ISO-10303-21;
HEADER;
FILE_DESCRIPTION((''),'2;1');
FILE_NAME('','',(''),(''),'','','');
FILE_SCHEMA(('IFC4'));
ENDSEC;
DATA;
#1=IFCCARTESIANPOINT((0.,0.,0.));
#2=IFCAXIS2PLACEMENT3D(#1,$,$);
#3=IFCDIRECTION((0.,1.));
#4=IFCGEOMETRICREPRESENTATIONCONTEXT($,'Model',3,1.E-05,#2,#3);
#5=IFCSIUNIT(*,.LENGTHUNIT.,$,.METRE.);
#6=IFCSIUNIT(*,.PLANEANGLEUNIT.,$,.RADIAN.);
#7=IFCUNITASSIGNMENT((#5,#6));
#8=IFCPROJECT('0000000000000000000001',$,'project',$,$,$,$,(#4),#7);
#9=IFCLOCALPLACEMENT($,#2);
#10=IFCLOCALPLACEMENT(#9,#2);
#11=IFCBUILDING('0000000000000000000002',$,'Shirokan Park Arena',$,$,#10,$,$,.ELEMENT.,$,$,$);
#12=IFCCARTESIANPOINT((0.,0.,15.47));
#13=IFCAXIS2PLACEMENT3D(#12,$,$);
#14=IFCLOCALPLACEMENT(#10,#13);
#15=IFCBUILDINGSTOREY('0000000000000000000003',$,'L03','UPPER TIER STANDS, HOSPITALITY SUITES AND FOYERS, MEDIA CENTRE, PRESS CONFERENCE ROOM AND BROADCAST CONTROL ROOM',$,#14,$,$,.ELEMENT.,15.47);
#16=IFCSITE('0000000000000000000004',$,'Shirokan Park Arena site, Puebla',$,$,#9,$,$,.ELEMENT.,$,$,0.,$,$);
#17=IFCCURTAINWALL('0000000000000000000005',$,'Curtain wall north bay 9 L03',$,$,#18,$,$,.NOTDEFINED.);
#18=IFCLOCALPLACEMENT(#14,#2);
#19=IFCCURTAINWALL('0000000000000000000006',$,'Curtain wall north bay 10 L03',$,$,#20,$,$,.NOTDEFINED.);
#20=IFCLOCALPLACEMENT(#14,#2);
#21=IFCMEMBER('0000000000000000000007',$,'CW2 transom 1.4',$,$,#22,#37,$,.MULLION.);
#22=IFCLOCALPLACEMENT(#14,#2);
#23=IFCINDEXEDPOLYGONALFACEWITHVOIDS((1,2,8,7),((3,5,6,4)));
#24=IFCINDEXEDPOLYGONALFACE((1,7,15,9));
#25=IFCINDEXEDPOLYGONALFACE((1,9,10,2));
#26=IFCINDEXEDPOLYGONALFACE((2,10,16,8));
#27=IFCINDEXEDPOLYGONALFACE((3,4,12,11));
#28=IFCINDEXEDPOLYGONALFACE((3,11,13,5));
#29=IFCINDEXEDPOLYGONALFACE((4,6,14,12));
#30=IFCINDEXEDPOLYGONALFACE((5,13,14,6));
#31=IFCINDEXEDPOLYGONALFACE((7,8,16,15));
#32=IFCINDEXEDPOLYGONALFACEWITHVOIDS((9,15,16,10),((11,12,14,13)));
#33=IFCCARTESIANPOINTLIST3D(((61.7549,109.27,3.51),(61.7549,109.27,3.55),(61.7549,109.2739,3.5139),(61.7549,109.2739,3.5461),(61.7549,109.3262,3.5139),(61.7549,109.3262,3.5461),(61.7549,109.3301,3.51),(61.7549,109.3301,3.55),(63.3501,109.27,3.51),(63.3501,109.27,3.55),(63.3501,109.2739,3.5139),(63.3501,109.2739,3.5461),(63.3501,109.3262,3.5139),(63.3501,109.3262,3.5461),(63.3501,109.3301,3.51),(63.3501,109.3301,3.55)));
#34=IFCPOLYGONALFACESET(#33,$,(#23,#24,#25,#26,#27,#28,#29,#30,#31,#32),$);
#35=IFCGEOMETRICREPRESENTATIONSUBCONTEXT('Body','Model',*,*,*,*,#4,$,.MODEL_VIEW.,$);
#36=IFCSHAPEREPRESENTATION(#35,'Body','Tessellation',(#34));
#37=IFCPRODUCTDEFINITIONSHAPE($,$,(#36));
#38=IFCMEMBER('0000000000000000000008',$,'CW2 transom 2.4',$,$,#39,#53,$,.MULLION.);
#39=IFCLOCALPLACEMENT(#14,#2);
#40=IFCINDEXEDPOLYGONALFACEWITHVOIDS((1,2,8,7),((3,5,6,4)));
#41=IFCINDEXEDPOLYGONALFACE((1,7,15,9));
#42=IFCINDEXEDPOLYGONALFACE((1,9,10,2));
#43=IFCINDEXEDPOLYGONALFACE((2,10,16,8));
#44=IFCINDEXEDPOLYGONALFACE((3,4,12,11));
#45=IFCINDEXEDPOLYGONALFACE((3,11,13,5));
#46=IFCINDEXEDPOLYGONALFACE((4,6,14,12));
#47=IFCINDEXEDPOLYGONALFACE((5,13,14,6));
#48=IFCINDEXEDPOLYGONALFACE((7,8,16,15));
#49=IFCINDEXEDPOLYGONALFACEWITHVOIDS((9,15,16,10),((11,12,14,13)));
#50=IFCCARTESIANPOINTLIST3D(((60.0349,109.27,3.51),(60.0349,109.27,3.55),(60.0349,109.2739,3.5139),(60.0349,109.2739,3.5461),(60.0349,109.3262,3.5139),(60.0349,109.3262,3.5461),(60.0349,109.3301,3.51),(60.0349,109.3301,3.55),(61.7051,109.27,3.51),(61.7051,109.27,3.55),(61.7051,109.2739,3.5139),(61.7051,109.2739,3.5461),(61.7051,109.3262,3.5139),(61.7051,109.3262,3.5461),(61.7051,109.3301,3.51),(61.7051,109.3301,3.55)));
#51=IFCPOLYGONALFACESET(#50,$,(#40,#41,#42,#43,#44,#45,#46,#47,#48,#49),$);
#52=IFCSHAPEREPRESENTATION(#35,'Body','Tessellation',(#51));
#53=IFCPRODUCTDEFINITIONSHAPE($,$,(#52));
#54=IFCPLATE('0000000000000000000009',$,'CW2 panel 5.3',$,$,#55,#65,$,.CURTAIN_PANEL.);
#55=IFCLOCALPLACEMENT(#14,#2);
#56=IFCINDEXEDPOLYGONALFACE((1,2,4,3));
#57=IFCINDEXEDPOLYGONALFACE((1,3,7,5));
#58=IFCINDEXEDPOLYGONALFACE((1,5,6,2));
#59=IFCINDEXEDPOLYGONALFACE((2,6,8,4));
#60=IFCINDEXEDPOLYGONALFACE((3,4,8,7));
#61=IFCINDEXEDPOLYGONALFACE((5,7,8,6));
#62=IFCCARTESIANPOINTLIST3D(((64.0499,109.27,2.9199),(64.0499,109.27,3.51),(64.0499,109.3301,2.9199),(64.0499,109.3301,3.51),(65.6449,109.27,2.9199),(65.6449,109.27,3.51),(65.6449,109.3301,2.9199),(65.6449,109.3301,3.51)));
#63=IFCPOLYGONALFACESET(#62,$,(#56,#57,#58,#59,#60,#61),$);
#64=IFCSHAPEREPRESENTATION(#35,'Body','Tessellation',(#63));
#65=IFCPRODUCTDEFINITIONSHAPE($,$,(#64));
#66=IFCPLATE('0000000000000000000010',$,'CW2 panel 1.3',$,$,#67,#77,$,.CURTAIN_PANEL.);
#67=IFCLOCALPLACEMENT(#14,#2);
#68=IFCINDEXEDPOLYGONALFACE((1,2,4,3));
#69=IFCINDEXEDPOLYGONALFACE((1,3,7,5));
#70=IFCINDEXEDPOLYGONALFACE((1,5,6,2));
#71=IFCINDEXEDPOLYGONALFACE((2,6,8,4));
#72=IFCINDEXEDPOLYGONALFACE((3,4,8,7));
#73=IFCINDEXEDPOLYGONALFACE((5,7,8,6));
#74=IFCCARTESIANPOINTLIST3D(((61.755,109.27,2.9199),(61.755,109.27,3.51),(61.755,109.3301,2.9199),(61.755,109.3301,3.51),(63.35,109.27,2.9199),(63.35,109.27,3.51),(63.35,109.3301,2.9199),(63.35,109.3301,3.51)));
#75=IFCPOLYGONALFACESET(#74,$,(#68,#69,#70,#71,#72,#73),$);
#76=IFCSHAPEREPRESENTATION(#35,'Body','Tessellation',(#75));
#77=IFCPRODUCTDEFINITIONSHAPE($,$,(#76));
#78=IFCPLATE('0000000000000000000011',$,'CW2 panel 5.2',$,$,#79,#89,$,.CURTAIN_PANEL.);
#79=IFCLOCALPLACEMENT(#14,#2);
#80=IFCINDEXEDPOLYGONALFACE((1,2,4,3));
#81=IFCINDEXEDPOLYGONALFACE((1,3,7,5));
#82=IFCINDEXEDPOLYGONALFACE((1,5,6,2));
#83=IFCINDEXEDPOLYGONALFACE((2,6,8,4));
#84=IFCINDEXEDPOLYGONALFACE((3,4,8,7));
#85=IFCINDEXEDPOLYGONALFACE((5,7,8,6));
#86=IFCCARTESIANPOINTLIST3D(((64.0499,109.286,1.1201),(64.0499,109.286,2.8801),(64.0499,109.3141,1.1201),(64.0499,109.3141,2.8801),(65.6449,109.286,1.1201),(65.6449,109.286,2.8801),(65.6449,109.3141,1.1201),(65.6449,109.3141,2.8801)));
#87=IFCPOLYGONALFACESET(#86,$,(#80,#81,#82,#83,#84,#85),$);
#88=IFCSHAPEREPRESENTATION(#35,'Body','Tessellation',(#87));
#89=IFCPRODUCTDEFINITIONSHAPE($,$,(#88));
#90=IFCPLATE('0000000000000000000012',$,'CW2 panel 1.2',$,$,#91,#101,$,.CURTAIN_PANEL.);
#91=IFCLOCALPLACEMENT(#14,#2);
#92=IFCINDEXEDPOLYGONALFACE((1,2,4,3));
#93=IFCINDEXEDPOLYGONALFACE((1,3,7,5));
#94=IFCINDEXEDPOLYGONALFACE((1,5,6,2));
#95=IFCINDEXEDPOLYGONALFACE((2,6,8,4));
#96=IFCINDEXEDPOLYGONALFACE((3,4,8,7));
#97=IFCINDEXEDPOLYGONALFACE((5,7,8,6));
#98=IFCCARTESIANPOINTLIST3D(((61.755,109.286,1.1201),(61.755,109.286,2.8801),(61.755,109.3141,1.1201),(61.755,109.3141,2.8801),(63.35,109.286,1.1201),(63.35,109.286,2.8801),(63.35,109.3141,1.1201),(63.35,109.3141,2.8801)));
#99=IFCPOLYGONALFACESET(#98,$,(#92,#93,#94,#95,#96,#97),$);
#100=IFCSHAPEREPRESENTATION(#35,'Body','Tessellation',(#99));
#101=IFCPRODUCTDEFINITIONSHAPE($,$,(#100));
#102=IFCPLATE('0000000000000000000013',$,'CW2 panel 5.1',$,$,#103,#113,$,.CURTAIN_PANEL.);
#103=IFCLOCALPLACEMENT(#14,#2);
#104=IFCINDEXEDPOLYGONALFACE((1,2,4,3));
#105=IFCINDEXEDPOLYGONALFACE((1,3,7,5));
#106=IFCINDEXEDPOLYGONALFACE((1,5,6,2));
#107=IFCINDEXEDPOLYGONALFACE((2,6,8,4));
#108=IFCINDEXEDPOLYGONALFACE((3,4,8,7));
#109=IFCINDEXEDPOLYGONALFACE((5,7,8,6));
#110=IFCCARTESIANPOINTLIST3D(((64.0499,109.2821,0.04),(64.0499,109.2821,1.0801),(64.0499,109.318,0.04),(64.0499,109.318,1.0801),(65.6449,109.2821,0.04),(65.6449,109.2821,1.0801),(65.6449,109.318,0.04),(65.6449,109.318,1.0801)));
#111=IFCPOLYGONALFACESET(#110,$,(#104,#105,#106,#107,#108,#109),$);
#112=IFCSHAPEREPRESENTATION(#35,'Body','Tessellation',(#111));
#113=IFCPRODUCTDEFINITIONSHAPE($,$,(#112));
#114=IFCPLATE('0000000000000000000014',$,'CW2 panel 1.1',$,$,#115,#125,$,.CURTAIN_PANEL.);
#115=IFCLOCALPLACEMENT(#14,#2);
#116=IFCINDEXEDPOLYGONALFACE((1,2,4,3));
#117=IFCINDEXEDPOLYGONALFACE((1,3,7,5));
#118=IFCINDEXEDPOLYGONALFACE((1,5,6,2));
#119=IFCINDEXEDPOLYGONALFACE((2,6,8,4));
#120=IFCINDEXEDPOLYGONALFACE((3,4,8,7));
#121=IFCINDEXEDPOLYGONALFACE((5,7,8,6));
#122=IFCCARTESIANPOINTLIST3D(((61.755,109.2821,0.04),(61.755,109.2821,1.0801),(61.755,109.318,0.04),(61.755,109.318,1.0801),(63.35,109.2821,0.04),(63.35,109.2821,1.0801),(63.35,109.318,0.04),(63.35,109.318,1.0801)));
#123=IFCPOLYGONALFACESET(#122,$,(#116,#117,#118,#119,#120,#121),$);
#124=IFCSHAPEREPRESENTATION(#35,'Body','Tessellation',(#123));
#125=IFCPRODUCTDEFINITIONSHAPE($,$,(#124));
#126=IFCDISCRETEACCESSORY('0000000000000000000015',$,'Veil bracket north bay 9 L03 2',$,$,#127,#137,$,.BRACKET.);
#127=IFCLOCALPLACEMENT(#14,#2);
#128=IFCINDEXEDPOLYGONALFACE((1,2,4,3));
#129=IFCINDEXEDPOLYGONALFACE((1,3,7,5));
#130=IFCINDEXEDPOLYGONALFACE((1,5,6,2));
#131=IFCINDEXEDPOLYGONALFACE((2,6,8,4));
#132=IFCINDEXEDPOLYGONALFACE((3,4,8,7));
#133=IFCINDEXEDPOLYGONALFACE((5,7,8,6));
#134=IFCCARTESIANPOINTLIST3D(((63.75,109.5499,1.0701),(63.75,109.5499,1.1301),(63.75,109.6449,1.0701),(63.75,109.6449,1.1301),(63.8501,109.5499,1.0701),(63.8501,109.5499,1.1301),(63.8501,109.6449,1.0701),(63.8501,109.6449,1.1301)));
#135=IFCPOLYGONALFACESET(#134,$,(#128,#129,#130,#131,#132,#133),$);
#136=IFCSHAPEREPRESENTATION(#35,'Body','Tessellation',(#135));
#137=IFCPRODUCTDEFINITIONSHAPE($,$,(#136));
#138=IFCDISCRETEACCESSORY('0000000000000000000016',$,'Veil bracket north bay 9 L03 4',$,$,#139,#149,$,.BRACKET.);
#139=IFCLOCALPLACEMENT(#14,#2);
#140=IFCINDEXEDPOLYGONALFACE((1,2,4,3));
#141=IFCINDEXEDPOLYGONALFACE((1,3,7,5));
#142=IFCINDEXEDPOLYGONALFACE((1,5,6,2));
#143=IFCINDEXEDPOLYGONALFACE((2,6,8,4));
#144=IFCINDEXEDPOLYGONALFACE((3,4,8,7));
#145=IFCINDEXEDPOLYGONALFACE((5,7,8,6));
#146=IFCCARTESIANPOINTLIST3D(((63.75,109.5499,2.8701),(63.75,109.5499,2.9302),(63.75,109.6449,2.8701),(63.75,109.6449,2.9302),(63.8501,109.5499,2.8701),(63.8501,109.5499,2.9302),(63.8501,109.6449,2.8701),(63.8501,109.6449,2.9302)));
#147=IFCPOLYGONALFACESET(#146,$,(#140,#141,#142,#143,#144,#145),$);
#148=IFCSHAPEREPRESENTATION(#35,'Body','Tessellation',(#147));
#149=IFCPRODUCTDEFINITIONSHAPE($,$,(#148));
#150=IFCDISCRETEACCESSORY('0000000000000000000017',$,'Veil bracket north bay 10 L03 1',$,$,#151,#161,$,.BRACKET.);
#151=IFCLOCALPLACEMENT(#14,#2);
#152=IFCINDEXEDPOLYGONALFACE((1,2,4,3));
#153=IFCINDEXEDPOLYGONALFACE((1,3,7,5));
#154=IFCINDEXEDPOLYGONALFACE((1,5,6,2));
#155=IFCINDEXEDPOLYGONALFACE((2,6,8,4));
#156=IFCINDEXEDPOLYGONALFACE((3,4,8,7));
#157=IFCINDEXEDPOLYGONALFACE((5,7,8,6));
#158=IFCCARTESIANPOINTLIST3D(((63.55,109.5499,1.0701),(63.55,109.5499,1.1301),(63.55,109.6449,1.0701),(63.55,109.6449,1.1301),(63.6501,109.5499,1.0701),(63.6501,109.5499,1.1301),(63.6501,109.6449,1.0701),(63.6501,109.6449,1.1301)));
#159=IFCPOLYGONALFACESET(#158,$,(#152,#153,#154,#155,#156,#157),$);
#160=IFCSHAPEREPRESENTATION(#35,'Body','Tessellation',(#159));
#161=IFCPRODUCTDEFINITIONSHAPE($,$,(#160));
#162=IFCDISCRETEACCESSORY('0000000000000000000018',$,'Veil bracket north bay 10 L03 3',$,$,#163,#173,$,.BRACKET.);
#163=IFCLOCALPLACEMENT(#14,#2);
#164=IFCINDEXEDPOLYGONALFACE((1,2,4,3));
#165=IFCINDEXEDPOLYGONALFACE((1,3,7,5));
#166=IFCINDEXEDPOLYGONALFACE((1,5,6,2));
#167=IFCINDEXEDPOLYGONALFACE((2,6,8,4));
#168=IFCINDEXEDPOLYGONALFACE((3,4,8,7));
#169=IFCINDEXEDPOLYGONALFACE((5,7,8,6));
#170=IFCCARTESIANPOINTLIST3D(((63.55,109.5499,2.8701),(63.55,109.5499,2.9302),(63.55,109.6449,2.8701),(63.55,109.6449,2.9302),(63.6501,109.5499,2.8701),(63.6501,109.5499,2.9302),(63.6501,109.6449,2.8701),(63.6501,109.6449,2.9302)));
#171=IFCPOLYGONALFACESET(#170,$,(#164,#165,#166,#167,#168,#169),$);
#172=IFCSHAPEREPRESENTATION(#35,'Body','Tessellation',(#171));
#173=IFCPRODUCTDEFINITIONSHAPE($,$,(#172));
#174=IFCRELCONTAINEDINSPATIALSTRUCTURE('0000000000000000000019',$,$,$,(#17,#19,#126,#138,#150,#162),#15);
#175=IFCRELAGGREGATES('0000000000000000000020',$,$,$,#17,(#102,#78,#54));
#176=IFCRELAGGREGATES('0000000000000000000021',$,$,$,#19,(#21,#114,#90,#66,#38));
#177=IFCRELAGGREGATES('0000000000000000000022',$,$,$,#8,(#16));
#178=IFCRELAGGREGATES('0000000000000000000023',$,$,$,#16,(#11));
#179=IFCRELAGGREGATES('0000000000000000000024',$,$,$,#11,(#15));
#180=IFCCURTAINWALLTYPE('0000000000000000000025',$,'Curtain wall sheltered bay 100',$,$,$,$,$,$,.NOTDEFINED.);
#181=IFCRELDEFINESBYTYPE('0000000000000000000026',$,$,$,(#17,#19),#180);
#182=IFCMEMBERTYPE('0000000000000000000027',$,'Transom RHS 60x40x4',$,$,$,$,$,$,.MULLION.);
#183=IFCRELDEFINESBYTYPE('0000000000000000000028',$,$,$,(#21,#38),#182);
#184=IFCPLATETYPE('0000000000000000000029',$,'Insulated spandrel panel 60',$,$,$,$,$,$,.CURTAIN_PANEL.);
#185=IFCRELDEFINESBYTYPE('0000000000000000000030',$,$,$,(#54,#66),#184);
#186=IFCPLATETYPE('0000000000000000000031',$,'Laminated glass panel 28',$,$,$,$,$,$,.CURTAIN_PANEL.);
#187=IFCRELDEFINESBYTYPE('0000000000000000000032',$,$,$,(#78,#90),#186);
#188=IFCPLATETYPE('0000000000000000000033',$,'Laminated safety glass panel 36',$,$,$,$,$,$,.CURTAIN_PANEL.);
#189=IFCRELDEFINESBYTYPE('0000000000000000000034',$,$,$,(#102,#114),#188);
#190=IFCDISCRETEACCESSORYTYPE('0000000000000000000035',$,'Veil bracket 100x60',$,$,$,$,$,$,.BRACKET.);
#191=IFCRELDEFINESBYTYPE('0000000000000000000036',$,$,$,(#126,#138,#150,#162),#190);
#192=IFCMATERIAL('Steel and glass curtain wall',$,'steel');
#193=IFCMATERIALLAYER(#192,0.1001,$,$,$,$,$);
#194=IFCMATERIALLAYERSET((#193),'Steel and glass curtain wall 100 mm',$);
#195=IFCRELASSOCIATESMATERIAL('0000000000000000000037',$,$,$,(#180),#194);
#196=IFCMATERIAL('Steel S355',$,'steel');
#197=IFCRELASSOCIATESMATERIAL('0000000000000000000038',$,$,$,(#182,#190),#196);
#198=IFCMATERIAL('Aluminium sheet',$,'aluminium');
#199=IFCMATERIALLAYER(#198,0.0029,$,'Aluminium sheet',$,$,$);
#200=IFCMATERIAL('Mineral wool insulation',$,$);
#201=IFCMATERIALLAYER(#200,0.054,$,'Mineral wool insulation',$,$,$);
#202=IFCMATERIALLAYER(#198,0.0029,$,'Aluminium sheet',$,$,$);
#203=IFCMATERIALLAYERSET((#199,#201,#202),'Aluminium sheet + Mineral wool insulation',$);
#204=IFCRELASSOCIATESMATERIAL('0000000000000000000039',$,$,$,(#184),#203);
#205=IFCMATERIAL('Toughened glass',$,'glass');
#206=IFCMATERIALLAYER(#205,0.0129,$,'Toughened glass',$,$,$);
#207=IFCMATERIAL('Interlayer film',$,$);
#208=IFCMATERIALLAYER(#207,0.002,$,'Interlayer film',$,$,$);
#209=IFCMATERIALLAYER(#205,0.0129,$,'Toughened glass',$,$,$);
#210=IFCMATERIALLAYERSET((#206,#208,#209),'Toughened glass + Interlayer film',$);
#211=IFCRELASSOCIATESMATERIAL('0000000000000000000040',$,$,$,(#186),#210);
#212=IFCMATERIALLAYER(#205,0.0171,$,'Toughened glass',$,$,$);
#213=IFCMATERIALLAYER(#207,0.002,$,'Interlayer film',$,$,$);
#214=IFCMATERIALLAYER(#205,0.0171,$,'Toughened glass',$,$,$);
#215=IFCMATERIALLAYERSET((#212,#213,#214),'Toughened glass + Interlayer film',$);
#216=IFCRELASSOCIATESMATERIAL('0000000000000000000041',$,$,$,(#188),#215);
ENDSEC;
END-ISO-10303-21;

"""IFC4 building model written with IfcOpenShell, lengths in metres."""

from ifc_helpers import new_model, si_unit, direction, frame, origin, origin_2d, place, context, subcontext, project, spatial, rectangle, hollow_rectangle, extrude, material, layer, layer_set, material_profile, profile_set, type_object, element, aggregate, save


model = new_model("IFC4")

# Units and contexts
model_context = context("Model", 3, precision=1e-05, world=origin(), true_north=direction((0.0, 1.0)))
body_context = subcontext(model_context, "Body", "Model", "MODEL_VIEW")
ifc_project = project(units=[si_unit("LENGTHUNIT", "METRE"), si_unit("PLANEANGLEUNIT", "RADIAN")], contexts=[model_context])

# Site, building, storey
site_placement = place(None, origin())
site = spatial("IfcSite", under=ifc_project, at=site_placement, Name="Shirokan Park Arena site, Puebla", CompositionType="ELEMENT", RefElevation=0.0)
building_placement = place(site_placement, origin())
building = spatial("IfcBuilding", under=site, at=building_placement, Name="Shirokan Park Arena", CompositionType="ELEMENT")
storey_placement = place(building_placement, frame((0.0, 0.0, 15.47)))
storey = spatial("IfcBuildingStorey", under=building, at=storey_placement, Name="L03", Description="UPPER TIER STANDS, HOSPITALITY SUITES AND FOYERS, MEDIA CENTRE, PRESS CONFERENCE ROOM AND BROADCAST CONTROL ROOM", CompositionType="ELEMENT", Elevation=15.47)

# Curtain walls
ifc_material_1 = material(Name="Steel and glass curtain wall", Category="steel")
ifc_layer_1 = layer(ifc_material_1, 0.1001)
ifc_layer_set_1 = layer_set([ifc_layer_1], Name="Steel and glass curtain wall 100 mm")
curtain_wall_type = type_object("IfcCurtainWallType", Name="Curtain wall sheltered bay 100", PredefinedType="NOTDEFINED", material=ifc_layer_set_1)
curtain_wall_1_placement = place(storey_placement, origin())
curtain_wall_1 = element("IfcCurtainWall", 1, at=curtain_wall_1_placement, inside=storey, type_object=curtain_wall_type, Name="Curtain wall north bay 9 L03", PredefinedType="NOTDEFINED")
ifc_material_2 = material(Name="Steel S355", Category="steel")
curtain_wall_2_placement = place(storey_placement, origin())
curtain_wall_2 = element("IfcCurtainWall", 2, at=curtain_wall_2_placement, inside=storey, type_object=curtain_wall_type, Name="Curtain wall north bay 10 L03", PredefinedType="NOTDEFINED")

# Members
ifc_material_profile_1 = material_profile(ifc_material_2, hollow_rectangle(XDim=0.0601, YDim=0.04, WallThickness=0.0039, at=origin_2d()), Name="RHS 60x40x4")
ifc_profile_set_1 = profile_set([ifc_material_profile_1], Name="Steel S355")
member_type_1 = type_object("IfcMemberType", Name="Transom RHS 60x40x4", PredefinedType="MULLION", material=ifc_profile_set_1)
member_1_placement = place(storey_placement, frame((63.3501, 109.3, 3.53), z_axis=(-1.0, 0.0, 0.0), x_axis=(0.0, -1.0, 0.0)))
member_1 = element("IfcMember", 3, at=member_1_placement, type_object=member_type_1, Name="CW2 transom 1.4", PredefinedType="MULLION", context=body_context, shape_type="SweptSolid", body=[
    extrude(hollow_rectangle(XDim=0.0601, YDim=0.04, WallThickness=0.0039, at=origin_2d()), origin(), (0.0, 0.0, 1.0), 1.5952),
])
member_2_placement = place(storey_placement, frame((61.7051, 109.3, 3.53), z_axis=(-1.0, 0.0, 0.0), x_axis=(0.0, -1.0, 0.0)))
member_2 = element("IfcMember", 4, at=member_2_placement, type_object=member_type_1, Name="CW2 transom 2.4", PredefinedType="MULLION", context=body_context, shape_type="SweptSolid", body=[
    extrude(hollow_rectangle(XDim=0.0601, YDim=0.04, WallThickness=0.0039, at=origin_2d()), origin(), (0.0, 0.0, 1.0), 1.6702),
])

# Plates
ifc_material_3 = material(Name="Aluminium sheet", Category="aluminium")
ifc_layer_2 = layer(ifc_material_3, 0.0029, Name="Aluminium sheet")
ifc_material_4 = material(Name="Mineral wool insulation")
ifc_layer_3 = layer(ifc_material_4, 0.054, Name="Mineral wool insulation")
ifc_layer_4 = layer(ifc_material_3, 0.0029, Name="Aluminium sheet")
ifc_layer_set_2 = layer_set([ifc_layer_2, ifc_layer_3, ifc_layer_4], Name="Aluminium sheet + Mineral wool insulation")
plate_type_1 = type_object("IfcPlateType", Name="Insulated spandrel panel 60", PredefinedType="CURTAIN_PANEL", material=ifc_layer_set_2)
plate_1_placement = place(storey_placement, frame((64.8474, 109.3, 2.9199), z_axis=(0.0, 0.0, 1.0), x_axis=(-1.0, 0.0, 0.0)))
plate_1 = element("IfcPlate", 5, at=plate_1_placement, type_object=plate_type_1, Name="CW2 panel 5.3", PredefinedType="CURTAIN_PANEL", context=body_context, shape_type="SweptSolid", body=[
    extrude(rectangle(XDim=1.595, YDim=0.0601, at=origin_2d()), origin(), (0.0, 0.0, 1.0), 0.5901),
])
plate_2_placement = place(storey_placement, frame((62.5525, 109.3, 2.9199), z_axis=(0.0, 0.0, 1.0), x_axis=(-1.0, 0.0, 0.0)))
plate_2 = element("IfcPlate", 6, at=plate_2_placement, type_object=plate_type_1, Name="CW2 panel 1.3", PredefinedType="CURTAIN_PANEL", context=body_context, shape_type="SweptSolid", body=[
    extrude(rectangle(XDim=1.595, YDim=0.0601, at=origin_2d()), origin(), (0.0, 0.0, 1.0), 0.5901),
])
ifc_material_5 = material(Name="Toughened glass", Category="glass")
ifc_layer_5 = layer(ifc_material_5, 0.0129, Name="Toughened glass")
ifc_material_6 = material(Name="Interlayer film")
ifc_layer_6 = layer(ifc_material_6, 0.002, Name="Interlayer film")
ifc_layer_7 = layer(ifc_material_5, 0.0129, Name="Toughened glass")
ifc_layer_set_3 = layer_set([ifc_layer_5, ifc_layer_6, ifc_layer_7], Name="Toughened glass + Interlayer film")
plate_type_2 = type_object("IfcPlateType", Name="Laminated glass panel 28", PredefinedType="CURTAIN_PANEL", material=ifc_layer_set_3)
plate_3_placement = place(storey_placement, frame((64.8474, 109.3, 1.1201), z_axis=(0.0, 0.0, 1.0), x_axis=(-1.0, 0.0, 0.0)))
plate_3 = element("IfcPlate", 7, at=plate_3_placement, type_object=plate_type_2, Name="CW2 panel 5.2", PredefinedType="CURTAIN_PANEL", context=body_context, shape_type="SweptSolid", body=[
    extrude(rectangle(XDim=1.595, YDim=0.0281, at=origin_2d()), origin(), (0.0, 0.0, 1.0), 1.76),
])
plate_4_placement = place(storey_placement, frame((62.5525, 109.3, 1.1201), z_axis=(0.0, 0.0, 1.0), x_axis=(-1.0, 0.0, 0.0)))
plate_4 = element("IfcPlate", 8, at=plate_4_placement, type_object=plate_type_2, Name="CW2 panel 1.2", PredefinedType="CURTAIN_PANEL", context=body_context, shape_type="SweptSolid", body=[
    extrude(rectangle(XDim=1.595, YDim=0.0281, at=origin_2d()), origin(), (0.0, 0.0, 1.0), 1.76),
])
ifc_layer_8 = layer(ifc_material_5, 0.0171, Name="Toughened glass")
ifc_layer_9 = layer(ifc_material_6, 0.002, Name="Interlayer film")
ifc_layer_10 = layer(ifc_material_5, 0.0171, Name="Toughened glass")
ifc_layer_set_4 = layer_set([ifc_layer_8, ifc_layer_9, ifc_layer_10], Name="Toughened glass + Interlayer film")
plate_type_3 = type_object("IfcPlateType", Name="Laminated safety glass panel 36", PredefinedType="CURTAIN_PANEL", material=ifc_layer_set_4)
plate_5_placement = place(storey_placement, frame((64.8474, 109.3, 0.04), z_axis=(0.0, 0.0, 1.0), x_axis=(-1.0, 0.0, 0.0)))
plate_5 = element("IfcPlate", 9, at=plate_5_placement, type_object=plate_type_3, Name="CW2 panel 5.1", PredefinedType="CURTAIN_PANEL", context=body_context, shape_type="SweptSolid", body=[
    extrude(rectangle(XDim=1.595, YDim=0.0359, at=origin_2d()), origin(), (0.0, 0.0, 1.0), 1.04),
])
aggregate(curtain_wall_1, [plate_5, plate_3, plate_1])
plate_6_placement = place(storey_placement, frame((62.5525, 109.3, 0.04), z_axis=(0.0, 0.0, 1.0), x_axis=(-1.0, 0.0, 0.0)))
plate_6 = element("IfcPlate", 10, at=plate_6_placement, type_object=plate_type_3, Name="CW2 panel 1.1", PredefinedType="CURTAIN_PANEL", context=body_context, shape_type="SweptSolid", body=[
    extrude(rectangle(XDim=1.595, YDim=0.0359, at=origin_2d()), origin(), (0.0, 0.0, 1.0), 1.04),
])
aggregate(curtain_wall_2, [member_1, plate_6, plate_4, plate_2, member_2])

# Discrete accessories
discrete_accessory_type = type_object("IfcDiscreteAccessoryType", Name="Veil bracket 100x60", PredefinedType="BRACKET", material=ifc_material_2)
for number, where, z_axis, x_axis, name in (
    (11, (63.8, 109.5974, 1.0701), (0.0, 0.0, 1.0), (-1.0, 0.0, 0.0), "Veil bracket north bay 9 L03 2"),
    (12, (63.8, 109.5974, 2.8701), (0.0, 0.0, 1.0), (-1.0, 0.0, 0.0), "Veil bracket north bay 9 L03 4"),
    (13, (63.6001, 109.5974, 1.0701), (0.0, 0.0, 1.0), (-1.0, 0.0, 0.0), "Veil bracket north bay 10 L03 1"),
    (14, (63.6001, 109.5974, 2.8701), (0.0, 0.0, 1.0), (-1.0, 0.0, 0.0), "Veil bracket north bay 10 L03 3"),
):
    element("IfcDiscreteAccessory", number, at=place(storey_placement, frame(where, z_axis=z_axis, x_axis=x_axis)), inside=storey, type_object=discrete_accessory_type, Name=name, PredefinedType="BRACKET", context=body_context, shape_type="SweptSolid", body=[
        extrude(rectangle(XDim=0.1001, YDim=0.095, at=origin_2d()), origin(), (0.0, 0.0, 1.0), 0.0601),
    ])

save(model, "model.ifc")
